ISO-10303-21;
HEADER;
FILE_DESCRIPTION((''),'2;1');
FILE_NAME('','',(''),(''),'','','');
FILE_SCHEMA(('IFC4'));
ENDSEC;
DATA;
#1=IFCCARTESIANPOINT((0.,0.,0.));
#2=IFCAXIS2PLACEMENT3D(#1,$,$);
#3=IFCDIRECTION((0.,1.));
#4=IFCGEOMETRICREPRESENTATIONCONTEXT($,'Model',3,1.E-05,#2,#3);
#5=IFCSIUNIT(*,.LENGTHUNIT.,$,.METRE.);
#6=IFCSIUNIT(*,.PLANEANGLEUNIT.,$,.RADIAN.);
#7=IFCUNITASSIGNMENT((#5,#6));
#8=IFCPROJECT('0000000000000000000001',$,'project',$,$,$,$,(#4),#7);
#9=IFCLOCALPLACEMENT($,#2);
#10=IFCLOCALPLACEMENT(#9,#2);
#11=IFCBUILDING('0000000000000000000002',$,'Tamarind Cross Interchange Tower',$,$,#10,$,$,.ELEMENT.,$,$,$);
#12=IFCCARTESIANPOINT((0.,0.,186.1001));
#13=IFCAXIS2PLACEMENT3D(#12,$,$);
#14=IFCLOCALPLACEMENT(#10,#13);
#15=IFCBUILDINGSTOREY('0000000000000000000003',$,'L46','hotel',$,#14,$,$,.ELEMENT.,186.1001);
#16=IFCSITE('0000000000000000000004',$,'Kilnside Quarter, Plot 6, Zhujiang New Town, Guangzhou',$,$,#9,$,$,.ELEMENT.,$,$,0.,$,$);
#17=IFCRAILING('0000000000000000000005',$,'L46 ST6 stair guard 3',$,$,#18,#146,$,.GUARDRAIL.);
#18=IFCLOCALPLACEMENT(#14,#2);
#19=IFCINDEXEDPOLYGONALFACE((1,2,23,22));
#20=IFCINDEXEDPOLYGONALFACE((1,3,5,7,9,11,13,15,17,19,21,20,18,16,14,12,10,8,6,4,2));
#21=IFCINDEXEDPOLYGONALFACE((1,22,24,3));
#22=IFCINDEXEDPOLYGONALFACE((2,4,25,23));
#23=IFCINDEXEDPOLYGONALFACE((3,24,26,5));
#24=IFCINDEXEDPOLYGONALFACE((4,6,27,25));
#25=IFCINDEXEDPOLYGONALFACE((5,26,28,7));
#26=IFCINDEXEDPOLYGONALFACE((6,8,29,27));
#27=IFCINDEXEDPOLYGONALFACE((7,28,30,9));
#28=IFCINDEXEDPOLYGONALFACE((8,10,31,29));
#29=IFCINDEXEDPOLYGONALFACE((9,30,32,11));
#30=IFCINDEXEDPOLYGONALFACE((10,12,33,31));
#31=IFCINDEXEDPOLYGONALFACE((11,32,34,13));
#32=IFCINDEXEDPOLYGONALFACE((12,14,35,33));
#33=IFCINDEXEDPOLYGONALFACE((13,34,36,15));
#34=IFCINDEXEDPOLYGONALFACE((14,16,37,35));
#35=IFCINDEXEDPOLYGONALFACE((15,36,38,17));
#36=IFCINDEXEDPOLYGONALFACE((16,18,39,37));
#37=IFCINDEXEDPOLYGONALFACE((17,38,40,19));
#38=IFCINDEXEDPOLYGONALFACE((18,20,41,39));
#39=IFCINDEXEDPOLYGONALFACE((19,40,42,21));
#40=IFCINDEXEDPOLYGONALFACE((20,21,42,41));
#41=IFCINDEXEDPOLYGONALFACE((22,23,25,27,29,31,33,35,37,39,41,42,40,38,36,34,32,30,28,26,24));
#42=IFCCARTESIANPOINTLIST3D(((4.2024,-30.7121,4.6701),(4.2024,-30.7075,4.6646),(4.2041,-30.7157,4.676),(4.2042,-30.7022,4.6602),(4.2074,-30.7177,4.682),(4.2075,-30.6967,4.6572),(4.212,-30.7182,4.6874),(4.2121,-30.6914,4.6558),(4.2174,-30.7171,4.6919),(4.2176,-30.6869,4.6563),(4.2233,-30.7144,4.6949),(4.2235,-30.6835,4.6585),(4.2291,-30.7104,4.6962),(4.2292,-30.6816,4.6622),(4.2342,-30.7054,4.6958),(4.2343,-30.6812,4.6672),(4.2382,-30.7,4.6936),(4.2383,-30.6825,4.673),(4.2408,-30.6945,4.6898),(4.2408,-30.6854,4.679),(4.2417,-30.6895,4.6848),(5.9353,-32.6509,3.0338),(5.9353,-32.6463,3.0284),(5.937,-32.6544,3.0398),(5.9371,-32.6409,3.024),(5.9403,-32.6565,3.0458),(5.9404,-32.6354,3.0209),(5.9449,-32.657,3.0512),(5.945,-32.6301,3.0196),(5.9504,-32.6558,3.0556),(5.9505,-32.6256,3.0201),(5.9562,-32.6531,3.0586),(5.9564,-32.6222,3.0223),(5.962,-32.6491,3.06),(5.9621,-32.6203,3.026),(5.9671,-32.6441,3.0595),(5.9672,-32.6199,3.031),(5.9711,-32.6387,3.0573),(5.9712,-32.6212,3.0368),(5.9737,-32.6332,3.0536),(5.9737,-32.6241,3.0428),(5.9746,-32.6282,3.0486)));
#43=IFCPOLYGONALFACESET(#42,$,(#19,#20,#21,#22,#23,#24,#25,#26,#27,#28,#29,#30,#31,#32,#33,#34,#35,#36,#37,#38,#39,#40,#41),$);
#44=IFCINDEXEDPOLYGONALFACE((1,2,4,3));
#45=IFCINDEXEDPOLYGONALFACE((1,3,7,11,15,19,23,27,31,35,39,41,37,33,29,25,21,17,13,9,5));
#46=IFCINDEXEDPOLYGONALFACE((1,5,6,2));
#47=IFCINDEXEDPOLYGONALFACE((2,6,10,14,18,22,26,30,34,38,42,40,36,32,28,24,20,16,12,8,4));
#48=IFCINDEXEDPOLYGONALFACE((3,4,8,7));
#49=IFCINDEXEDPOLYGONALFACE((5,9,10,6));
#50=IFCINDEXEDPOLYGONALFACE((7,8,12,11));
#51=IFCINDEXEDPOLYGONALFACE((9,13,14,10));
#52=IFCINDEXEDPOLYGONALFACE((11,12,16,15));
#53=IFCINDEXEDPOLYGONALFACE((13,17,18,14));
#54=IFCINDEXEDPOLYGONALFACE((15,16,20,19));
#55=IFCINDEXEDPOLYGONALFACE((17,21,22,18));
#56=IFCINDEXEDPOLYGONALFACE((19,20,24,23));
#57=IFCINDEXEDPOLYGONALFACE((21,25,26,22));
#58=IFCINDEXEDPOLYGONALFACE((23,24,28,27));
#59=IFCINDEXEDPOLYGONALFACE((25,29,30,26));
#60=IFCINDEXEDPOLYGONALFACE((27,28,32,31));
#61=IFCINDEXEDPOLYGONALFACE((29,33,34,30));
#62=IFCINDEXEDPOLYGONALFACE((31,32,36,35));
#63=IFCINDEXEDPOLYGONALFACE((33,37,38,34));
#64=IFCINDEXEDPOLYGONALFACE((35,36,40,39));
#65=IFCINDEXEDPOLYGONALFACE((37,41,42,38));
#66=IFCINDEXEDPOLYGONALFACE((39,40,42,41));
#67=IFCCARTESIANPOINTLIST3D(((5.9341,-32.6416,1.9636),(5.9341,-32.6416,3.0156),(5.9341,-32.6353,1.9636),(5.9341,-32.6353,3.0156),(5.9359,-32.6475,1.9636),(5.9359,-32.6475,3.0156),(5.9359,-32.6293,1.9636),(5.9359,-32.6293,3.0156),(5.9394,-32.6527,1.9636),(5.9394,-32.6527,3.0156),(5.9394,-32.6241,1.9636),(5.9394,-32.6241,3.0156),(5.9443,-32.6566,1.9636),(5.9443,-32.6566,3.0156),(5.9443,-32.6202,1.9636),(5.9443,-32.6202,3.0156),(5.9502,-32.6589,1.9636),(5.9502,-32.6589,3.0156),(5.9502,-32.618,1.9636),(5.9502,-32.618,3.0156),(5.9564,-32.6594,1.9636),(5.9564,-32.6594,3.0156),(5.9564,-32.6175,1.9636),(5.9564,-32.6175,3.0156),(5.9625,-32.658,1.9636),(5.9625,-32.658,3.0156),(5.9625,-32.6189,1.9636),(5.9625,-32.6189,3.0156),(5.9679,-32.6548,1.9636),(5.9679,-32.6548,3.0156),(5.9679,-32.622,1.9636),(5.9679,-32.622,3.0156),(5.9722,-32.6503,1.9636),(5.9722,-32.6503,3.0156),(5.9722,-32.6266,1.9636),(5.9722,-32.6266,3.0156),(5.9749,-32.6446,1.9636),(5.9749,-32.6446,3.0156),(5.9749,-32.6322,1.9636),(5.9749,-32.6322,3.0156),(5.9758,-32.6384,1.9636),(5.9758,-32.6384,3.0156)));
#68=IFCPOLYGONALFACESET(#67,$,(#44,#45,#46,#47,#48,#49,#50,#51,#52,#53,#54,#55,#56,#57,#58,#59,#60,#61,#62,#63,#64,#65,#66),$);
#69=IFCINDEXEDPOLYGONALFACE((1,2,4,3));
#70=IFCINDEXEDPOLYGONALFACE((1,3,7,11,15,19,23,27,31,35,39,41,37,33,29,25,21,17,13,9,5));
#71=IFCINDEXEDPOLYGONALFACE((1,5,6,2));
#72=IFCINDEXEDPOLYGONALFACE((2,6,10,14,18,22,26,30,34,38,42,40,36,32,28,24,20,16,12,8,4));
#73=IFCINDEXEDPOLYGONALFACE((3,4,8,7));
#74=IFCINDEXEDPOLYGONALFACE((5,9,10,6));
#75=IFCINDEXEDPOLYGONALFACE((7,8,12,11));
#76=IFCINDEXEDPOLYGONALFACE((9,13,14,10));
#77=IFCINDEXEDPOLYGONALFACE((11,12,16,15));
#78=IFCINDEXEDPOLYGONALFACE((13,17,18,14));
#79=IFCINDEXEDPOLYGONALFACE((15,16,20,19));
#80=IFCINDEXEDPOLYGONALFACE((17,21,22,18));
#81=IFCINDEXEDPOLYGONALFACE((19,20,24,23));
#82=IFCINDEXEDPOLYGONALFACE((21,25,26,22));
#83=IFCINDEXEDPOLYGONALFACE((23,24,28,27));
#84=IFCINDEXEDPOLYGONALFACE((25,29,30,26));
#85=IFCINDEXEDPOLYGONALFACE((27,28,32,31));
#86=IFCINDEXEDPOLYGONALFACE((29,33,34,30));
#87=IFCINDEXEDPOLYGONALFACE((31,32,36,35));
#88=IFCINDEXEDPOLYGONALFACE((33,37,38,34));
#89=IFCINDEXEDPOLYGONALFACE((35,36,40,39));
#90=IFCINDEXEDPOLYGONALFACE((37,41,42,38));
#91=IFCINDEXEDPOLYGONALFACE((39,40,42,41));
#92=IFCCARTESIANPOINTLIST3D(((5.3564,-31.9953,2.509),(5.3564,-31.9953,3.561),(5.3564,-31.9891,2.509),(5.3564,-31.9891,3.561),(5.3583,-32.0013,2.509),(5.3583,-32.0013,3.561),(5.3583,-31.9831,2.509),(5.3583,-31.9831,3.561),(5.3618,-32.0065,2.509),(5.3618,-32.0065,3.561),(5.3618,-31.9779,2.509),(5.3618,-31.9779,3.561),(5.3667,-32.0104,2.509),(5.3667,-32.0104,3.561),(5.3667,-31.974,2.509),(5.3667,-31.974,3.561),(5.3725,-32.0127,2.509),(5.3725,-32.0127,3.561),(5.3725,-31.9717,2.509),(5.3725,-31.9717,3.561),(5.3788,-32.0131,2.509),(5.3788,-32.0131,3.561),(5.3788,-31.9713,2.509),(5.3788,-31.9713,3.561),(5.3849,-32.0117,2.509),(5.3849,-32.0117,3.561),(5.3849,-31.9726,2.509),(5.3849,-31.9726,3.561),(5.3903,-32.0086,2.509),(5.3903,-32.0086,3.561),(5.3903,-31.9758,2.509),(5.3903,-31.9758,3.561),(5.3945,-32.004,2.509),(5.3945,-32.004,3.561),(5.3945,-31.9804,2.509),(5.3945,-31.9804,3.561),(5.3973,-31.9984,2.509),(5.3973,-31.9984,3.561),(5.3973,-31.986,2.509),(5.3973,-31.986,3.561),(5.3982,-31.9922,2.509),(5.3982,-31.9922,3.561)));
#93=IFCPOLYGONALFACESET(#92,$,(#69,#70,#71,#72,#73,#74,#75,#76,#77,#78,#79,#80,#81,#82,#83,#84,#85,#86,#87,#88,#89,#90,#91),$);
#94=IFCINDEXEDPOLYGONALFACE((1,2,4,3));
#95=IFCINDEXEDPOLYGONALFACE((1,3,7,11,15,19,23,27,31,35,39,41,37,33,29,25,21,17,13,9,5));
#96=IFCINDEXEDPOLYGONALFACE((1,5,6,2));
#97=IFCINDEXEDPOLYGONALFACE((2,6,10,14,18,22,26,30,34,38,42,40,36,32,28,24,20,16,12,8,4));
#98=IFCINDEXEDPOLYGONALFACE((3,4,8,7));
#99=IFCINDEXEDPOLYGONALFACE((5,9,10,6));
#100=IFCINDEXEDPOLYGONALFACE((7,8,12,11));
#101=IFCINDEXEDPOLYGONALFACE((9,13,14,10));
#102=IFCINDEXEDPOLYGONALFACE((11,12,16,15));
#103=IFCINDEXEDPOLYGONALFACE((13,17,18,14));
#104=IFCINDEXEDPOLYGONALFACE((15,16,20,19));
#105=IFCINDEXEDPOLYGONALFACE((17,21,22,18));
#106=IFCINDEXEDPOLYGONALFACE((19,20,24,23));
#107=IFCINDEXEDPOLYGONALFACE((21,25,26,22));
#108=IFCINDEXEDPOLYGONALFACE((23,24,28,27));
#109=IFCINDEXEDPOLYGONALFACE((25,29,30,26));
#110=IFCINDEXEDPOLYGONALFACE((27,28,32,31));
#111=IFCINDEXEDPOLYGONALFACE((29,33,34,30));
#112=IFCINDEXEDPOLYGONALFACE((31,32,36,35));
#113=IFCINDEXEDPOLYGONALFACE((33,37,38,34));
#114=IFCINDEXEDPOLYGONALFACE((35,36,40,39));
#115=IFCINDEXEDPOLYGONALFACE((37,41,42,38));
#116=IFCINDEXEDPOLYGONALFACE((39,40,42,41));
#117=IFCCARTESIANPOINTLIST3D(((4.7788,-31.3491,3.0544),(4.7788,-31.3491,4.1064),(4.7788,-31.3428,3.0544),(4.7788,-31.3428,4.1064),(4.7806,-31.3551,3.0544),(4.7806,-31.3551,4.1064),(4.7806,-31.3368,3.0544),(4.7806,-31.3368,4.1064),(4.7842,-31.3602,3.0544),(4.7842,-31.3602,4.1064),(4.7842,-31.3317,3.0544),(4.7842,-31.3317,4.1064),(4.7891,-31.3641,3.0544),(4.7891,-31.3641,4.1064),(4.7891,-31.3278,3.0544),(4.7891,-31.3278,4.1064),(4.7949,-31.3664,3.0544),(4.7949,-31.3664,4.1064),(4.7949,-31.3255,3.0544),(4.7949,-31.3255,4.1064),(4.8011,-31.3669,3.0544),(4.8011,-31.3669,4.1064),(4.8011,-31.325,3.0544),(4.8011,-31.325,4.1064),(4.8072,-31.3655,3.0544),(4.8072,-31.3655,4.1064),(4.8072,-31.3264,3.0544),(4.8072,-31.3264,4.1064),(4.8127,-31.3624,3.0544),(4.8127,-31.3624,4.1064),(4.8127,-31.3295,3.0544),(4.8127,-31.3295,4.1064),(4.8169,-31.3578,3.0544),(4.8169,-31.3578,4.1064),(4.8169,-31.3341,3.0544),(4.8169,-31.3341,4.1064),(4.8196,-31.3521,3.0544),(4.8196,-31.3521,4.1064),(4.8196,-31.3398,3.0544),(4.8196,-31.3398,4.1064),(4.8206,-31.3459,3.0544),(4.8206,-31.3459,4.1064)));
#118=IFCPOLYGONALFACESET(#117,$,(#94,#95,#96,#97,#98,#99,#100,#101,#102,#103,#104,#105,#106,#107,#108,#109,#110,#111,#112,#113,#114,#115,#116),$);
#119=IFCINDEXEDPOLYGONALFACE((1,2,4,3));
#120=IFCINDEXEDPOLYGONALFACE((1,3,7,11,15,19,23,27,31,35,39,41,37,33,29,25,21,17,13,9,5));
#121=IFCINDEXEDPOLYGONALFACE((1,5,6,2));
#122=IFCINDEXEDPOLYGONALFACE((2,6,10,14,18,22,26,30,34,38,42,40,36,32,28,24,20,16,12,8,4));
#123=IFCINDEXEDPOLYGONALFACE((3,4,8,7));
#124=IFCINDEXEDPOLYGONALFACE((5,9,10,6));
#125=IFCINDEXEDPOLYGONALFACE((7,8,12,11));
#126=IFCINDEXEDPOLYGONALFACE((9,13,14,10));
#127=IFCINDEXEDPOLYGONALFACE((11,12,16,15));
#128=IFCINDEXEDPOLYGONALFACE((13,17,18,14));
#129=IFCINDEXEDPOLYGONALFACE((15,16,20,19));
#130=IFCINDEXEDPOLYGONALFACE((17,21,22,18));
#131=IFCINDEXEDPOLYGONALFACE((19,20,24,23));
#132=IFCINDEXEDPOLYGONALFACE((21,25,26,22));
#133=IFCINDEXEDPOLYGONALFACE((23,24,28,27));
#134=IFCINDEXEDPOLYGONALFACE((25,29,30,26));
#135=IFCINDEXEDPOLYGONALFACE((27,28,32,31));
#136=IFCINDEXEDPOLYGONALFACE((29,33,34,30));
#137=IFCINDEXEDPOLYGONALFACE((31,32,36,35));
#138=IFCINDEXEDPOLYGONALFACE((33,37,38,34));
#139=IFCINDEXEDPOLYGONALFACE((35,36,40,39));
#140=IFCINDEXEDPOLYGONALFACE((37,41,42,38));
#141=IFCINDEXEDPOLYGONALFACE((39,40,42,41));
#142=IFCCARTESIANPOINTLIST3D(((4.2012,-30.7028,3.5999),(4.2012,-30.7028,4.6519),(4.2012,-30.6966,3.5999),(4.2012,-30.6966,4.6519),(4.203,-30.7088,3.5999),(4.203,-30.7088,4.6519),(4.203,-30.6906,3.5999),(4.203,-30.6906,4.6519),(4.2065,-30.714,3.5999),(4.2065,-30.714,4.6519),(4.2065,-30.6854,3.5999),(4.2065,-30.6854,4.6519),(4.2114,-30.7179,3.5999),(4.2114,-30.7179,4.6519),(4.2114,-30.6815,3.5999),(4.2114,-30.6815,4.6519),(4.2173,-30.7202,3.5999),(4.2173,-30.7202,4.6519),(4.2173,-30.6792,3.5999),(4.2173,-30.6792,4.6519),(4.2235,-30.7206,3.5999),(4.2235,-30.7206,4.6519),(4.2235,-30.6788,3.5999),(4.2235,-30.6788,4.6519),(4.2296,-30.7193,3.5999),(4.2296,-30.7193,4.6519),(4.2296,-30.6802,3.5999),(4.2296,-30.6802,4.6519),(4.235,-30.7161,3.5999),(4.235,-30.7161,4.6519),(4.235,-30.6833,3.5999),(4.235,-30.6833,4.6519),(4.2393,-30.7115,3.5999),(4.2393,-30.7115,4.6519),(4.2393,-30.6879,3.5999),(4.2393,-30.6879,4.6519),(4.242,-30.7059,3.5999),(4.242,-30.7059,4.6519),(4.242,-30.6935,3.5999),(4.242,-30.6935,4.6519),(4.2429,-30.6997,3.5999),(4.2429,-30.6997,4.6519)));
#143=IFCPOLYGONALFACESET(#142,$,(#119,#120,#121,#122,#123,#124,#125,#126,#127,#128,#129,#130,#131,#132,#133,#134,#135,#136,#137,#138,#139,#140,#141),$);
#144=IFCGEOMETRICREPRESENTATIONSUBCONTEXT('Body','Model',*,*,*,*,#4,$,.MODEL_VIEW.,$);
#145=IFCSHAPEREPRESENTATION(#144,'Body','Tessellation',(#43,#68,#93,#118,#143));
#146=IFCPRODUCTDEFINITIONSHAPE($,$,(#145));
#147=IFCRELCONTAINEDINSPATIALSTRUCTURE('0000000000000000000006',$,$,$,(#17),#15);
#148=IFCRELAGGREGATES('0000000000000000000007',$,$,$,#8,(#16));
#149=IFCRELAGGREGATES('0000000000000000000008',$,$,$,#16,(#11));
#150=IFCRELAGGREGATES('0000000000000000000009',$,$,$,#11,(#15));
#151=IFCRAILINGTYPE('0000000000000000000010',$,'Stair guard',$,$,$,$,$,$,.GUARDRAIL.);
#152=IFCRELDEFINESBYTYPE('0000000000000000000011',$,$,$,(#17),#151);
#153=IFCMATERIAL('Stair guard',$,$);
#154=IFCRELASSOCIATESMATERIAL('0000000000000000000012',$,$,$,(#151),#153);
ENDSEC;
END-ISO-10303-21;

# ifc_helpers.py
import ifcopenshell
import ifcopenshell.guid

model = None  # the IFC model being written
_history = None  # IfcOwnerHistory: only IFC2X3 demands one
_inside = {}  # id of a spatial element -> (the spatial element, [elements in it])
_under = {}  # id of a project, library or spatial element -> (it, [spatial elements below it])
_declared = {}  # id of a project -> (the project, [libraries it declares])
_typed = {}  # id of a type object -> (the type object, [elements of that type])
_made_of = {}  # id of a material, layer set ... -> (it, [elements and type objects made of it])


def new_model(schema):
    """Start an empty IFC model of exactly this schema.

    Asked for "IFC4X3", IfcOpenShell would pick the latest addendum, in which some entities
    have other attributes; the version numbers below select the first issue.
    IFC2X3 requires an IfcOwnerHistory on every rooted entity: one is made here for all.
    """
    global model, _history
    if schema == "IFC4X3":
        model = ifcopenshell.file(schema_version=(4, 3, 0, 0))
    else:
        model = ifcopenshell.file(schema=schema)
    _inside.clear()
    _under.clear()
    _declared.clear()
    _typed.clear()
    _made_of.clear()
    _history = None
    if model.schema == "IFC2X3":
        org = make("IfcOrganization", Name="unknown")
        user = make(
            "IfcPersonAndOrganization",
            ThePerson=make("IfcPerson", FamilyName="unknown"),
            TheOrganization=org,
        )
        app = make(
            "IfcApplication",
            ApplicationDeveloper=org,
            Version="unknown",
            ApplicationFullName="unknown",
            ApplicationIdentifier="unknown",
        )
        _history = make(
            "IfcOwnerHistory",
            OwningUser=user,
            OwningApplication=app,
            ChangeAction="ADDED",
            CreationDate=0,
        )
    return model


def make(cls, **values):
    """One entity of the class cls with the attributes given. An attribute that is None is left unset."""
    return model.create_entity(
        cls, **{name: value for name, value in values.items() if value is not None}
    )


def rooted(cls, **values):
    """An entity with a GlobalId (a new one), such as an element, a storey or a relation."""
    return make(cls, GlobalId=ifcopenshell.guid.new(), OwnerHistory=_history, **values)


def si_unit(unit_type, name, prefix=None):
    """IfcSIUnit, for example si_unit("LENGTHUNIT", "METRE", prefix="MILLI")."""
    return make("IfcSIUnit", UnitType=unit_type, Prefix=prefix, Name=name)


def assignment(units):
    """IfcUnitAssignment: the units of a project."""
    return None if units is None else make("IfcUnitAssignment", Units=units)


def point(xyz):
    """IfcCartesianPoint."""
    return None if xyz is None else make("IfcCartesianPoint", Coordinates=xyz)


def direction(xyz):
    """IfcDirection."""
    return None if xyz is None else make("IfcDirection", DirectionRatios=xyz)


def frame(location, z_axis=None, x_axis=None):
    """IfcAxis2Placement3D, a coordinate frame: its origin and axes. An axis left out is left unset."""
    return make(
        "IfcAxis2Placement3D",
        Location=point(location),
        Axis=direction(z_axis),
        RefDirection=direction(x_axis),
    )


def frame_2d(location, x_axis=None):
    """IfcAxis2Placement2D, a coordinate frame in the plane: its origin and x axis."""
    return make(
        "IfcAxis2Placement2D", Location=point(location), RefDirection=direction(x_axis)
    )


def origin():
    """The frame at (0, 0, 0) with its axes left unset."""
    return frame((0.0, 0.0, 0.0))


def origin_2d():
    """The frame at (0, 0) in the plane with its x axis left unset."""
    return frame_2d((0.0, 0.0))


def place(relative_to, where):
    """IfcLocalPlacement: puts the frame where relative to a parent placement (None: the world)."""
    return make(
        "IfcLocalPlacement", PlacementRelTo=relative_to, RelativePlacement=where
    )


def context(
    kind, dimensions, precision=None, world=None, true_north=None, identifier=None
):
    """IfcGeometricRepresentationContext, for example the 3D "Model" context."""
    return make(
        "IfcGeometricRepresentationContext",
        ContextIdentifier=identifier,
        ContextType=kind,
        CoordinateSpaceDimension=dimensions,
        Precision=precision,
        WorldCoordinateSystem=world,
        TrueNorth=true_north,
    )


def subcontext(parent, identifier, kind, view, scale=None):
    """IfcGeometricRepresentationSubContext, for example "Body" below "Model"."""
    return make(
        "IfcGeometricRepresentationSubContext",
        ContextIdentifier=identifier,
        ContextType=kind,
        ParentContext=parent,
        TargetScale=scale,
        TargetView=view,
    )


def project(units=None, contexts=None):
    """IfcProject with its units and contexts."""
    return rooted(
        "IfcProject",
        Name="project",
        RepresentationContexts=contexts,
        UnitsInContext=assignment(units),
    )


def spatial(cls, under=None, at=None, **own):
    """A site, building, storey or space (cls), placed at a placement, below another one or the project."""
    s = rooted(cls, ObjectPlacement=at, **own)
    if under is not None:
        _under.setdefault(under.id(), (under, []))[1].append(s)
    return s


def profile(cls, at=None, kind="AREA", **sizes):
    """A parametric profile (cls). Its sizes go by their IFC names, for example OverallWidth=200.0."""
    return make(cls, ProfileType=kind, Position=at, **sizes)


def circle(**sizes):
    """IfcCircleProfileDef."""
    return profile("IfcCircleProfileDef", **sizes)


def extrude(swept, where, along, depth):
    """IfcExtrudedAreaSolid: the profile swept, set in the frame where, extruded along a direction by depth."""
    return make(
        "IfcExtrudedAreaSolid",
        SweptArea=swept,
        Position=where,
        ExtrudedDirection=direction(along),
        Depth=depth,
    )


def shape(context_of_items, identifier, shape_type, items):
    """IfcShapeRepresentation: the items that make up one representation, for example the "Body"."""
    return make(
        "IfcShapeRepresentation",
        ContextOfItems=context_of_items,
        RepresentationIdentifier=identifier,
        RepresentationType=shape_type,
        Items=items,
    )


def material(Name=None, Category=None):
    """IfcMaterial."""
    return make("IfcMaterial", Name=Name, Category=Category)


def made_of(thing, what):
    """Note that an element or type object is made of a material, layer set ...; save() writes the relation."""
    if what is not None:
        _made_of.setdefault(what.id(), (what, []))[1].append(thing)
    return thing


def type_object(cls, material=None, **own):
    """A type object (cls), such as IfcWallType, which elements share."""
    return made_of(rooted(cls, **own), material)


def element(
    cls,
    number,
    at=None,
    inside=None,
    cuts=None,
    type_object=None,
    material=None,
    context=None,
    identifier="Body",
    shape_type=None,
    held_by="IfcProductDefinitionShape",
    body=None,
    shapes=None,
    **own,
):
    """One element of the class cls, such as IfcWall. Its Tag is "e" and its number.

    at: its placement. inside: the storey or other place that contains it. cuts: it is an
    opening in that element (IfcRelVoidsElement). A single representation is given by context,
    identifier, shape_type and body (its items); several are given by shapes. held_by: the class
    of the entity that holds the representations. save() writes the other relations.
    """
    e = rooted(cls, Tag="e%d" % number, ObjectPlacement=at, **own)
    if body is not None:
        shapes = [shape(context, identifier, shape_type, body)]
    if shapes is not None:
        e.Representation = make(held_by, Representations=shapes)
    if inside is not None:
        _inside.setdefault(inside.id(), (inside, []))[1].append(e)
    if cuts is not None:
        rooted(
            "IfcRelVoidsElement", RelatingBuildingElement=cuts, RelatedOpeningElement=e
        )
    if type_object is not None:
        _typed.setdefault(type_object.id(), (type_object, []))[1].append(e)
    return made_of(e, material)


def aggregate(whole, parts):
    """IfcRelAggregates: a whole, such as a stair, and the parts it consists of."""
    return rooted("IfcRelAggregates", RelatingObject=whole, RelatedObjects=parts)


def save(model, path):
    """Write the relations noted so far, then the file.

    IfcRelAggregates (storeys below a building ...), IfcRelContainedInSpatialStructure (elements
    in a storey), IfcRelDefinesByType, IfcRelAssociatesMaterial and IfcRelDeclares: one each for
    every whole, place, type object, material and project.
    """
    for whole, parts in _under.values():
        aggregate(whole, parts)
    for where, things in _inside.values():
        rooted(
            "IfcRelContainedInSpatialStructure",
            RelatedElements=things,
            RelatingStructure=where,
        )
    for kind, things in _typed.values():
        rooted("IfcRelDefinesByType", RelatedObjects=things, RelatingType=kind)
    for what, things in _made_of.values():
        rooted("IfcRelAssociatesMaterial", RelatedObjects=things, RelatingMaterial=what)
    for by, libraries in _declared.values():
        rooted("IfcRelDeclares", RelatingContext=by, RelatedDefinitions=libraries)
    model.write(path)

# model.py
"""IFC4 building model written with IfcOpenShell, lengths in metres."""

from ifc_helpers import new_model, si_unit, direction, frame, origin, origin_2d, place, context, subcontext, project, spatial, circle, extrude, material, type_object, element, save


model = new_model("IFC4")

# Units and contexts
model_context = context("Model", 3, precision=1e-05, world=origin(), true_north=direction((0.0, 1.0)))
body_context = subcontext(model_context, "Body", "Model", "MODEL_VIEW")
ifc_project = project(units=[si_unit("LENGTHUNIT", "METRE"), si_unit("PLANEANGLEUNIT", "RADIAN")], contexts=[model_context])

# Site, building, storey
site_placement = place(None, origin())
site = spatial("IfcSite", under=ifc_project, at=site_placement, Name="Kilnside Quarter, Plot 6, Zhujiang New Town, Guangzhou", CompositionType="ELEMENT", RefElevation=0.0)
building_placement = place(site_placement, origin())
building = spatial("IfcBuilding", under=site, at=building_placement, Name="Tamarind Cross Interchange Tower", CompositionType="ELEMENT")
storey_placement = place(building_placement, frame((0.0, 0.0, 186.1001)))
storey = spatial("IfcBuildingStorey", under=building, at=storey_placement, Name="L46", Description="hotel", CompositionType="ELEMENT", Elevation=186.1001)

# Railing
ifc_material_1 = material(Name="Stair guard")
railing_type_1 = type_object("IfcRailingType", Name="Stair guard", PredefinedType="GUARDRAIL", material=ifc_material_1)
railing_1_placement = place(storey_placement, frame((5.9548, -32.6384, 1.9636)))
element("IfcRailing", 1, at=railing_1_placement, inside=storey, type_object=railing_type_1, Name="L46 ST6 stair guard 3", PredefinedType="GUARDRAIL", context=body_context, shape_type="SweptSolid", body=[
    extrude(circle(Radius=0.0239, at=origin_2d()), frame((0.0, 0.0, 1.0762), z_axis=(-0.564048, 0.631038, 0.53258), x_axis=(-0.745573, -0.666424, 0.0)), (0.0, 0.0, 1.0), 3.0723),
    extrude(circle(Radius=0.021, at=origin_2d()), origin(), (0.0, 0.0, 1.0), 1.052),
    extrude(circle(Radius=0.021, at=origin_2d()), frame((-0.5776, 0.6462, 0.5454)), (0.0, 0.0, 1.0), 1.052),
    extrude(circle(Radius=0.021, at=origin_2d()), frame((-1.1553, 1.2925, 1.0908)), (0.0, 0.0, 1.0), 1.052),
    extrude(circle(Radius=0.021, at=origin_2d()), frame((-1.7329, 1.9387, 1.6362)), (0.0, 0.0, 1.0), 1.052),
])

save(model, "model.ifc")
